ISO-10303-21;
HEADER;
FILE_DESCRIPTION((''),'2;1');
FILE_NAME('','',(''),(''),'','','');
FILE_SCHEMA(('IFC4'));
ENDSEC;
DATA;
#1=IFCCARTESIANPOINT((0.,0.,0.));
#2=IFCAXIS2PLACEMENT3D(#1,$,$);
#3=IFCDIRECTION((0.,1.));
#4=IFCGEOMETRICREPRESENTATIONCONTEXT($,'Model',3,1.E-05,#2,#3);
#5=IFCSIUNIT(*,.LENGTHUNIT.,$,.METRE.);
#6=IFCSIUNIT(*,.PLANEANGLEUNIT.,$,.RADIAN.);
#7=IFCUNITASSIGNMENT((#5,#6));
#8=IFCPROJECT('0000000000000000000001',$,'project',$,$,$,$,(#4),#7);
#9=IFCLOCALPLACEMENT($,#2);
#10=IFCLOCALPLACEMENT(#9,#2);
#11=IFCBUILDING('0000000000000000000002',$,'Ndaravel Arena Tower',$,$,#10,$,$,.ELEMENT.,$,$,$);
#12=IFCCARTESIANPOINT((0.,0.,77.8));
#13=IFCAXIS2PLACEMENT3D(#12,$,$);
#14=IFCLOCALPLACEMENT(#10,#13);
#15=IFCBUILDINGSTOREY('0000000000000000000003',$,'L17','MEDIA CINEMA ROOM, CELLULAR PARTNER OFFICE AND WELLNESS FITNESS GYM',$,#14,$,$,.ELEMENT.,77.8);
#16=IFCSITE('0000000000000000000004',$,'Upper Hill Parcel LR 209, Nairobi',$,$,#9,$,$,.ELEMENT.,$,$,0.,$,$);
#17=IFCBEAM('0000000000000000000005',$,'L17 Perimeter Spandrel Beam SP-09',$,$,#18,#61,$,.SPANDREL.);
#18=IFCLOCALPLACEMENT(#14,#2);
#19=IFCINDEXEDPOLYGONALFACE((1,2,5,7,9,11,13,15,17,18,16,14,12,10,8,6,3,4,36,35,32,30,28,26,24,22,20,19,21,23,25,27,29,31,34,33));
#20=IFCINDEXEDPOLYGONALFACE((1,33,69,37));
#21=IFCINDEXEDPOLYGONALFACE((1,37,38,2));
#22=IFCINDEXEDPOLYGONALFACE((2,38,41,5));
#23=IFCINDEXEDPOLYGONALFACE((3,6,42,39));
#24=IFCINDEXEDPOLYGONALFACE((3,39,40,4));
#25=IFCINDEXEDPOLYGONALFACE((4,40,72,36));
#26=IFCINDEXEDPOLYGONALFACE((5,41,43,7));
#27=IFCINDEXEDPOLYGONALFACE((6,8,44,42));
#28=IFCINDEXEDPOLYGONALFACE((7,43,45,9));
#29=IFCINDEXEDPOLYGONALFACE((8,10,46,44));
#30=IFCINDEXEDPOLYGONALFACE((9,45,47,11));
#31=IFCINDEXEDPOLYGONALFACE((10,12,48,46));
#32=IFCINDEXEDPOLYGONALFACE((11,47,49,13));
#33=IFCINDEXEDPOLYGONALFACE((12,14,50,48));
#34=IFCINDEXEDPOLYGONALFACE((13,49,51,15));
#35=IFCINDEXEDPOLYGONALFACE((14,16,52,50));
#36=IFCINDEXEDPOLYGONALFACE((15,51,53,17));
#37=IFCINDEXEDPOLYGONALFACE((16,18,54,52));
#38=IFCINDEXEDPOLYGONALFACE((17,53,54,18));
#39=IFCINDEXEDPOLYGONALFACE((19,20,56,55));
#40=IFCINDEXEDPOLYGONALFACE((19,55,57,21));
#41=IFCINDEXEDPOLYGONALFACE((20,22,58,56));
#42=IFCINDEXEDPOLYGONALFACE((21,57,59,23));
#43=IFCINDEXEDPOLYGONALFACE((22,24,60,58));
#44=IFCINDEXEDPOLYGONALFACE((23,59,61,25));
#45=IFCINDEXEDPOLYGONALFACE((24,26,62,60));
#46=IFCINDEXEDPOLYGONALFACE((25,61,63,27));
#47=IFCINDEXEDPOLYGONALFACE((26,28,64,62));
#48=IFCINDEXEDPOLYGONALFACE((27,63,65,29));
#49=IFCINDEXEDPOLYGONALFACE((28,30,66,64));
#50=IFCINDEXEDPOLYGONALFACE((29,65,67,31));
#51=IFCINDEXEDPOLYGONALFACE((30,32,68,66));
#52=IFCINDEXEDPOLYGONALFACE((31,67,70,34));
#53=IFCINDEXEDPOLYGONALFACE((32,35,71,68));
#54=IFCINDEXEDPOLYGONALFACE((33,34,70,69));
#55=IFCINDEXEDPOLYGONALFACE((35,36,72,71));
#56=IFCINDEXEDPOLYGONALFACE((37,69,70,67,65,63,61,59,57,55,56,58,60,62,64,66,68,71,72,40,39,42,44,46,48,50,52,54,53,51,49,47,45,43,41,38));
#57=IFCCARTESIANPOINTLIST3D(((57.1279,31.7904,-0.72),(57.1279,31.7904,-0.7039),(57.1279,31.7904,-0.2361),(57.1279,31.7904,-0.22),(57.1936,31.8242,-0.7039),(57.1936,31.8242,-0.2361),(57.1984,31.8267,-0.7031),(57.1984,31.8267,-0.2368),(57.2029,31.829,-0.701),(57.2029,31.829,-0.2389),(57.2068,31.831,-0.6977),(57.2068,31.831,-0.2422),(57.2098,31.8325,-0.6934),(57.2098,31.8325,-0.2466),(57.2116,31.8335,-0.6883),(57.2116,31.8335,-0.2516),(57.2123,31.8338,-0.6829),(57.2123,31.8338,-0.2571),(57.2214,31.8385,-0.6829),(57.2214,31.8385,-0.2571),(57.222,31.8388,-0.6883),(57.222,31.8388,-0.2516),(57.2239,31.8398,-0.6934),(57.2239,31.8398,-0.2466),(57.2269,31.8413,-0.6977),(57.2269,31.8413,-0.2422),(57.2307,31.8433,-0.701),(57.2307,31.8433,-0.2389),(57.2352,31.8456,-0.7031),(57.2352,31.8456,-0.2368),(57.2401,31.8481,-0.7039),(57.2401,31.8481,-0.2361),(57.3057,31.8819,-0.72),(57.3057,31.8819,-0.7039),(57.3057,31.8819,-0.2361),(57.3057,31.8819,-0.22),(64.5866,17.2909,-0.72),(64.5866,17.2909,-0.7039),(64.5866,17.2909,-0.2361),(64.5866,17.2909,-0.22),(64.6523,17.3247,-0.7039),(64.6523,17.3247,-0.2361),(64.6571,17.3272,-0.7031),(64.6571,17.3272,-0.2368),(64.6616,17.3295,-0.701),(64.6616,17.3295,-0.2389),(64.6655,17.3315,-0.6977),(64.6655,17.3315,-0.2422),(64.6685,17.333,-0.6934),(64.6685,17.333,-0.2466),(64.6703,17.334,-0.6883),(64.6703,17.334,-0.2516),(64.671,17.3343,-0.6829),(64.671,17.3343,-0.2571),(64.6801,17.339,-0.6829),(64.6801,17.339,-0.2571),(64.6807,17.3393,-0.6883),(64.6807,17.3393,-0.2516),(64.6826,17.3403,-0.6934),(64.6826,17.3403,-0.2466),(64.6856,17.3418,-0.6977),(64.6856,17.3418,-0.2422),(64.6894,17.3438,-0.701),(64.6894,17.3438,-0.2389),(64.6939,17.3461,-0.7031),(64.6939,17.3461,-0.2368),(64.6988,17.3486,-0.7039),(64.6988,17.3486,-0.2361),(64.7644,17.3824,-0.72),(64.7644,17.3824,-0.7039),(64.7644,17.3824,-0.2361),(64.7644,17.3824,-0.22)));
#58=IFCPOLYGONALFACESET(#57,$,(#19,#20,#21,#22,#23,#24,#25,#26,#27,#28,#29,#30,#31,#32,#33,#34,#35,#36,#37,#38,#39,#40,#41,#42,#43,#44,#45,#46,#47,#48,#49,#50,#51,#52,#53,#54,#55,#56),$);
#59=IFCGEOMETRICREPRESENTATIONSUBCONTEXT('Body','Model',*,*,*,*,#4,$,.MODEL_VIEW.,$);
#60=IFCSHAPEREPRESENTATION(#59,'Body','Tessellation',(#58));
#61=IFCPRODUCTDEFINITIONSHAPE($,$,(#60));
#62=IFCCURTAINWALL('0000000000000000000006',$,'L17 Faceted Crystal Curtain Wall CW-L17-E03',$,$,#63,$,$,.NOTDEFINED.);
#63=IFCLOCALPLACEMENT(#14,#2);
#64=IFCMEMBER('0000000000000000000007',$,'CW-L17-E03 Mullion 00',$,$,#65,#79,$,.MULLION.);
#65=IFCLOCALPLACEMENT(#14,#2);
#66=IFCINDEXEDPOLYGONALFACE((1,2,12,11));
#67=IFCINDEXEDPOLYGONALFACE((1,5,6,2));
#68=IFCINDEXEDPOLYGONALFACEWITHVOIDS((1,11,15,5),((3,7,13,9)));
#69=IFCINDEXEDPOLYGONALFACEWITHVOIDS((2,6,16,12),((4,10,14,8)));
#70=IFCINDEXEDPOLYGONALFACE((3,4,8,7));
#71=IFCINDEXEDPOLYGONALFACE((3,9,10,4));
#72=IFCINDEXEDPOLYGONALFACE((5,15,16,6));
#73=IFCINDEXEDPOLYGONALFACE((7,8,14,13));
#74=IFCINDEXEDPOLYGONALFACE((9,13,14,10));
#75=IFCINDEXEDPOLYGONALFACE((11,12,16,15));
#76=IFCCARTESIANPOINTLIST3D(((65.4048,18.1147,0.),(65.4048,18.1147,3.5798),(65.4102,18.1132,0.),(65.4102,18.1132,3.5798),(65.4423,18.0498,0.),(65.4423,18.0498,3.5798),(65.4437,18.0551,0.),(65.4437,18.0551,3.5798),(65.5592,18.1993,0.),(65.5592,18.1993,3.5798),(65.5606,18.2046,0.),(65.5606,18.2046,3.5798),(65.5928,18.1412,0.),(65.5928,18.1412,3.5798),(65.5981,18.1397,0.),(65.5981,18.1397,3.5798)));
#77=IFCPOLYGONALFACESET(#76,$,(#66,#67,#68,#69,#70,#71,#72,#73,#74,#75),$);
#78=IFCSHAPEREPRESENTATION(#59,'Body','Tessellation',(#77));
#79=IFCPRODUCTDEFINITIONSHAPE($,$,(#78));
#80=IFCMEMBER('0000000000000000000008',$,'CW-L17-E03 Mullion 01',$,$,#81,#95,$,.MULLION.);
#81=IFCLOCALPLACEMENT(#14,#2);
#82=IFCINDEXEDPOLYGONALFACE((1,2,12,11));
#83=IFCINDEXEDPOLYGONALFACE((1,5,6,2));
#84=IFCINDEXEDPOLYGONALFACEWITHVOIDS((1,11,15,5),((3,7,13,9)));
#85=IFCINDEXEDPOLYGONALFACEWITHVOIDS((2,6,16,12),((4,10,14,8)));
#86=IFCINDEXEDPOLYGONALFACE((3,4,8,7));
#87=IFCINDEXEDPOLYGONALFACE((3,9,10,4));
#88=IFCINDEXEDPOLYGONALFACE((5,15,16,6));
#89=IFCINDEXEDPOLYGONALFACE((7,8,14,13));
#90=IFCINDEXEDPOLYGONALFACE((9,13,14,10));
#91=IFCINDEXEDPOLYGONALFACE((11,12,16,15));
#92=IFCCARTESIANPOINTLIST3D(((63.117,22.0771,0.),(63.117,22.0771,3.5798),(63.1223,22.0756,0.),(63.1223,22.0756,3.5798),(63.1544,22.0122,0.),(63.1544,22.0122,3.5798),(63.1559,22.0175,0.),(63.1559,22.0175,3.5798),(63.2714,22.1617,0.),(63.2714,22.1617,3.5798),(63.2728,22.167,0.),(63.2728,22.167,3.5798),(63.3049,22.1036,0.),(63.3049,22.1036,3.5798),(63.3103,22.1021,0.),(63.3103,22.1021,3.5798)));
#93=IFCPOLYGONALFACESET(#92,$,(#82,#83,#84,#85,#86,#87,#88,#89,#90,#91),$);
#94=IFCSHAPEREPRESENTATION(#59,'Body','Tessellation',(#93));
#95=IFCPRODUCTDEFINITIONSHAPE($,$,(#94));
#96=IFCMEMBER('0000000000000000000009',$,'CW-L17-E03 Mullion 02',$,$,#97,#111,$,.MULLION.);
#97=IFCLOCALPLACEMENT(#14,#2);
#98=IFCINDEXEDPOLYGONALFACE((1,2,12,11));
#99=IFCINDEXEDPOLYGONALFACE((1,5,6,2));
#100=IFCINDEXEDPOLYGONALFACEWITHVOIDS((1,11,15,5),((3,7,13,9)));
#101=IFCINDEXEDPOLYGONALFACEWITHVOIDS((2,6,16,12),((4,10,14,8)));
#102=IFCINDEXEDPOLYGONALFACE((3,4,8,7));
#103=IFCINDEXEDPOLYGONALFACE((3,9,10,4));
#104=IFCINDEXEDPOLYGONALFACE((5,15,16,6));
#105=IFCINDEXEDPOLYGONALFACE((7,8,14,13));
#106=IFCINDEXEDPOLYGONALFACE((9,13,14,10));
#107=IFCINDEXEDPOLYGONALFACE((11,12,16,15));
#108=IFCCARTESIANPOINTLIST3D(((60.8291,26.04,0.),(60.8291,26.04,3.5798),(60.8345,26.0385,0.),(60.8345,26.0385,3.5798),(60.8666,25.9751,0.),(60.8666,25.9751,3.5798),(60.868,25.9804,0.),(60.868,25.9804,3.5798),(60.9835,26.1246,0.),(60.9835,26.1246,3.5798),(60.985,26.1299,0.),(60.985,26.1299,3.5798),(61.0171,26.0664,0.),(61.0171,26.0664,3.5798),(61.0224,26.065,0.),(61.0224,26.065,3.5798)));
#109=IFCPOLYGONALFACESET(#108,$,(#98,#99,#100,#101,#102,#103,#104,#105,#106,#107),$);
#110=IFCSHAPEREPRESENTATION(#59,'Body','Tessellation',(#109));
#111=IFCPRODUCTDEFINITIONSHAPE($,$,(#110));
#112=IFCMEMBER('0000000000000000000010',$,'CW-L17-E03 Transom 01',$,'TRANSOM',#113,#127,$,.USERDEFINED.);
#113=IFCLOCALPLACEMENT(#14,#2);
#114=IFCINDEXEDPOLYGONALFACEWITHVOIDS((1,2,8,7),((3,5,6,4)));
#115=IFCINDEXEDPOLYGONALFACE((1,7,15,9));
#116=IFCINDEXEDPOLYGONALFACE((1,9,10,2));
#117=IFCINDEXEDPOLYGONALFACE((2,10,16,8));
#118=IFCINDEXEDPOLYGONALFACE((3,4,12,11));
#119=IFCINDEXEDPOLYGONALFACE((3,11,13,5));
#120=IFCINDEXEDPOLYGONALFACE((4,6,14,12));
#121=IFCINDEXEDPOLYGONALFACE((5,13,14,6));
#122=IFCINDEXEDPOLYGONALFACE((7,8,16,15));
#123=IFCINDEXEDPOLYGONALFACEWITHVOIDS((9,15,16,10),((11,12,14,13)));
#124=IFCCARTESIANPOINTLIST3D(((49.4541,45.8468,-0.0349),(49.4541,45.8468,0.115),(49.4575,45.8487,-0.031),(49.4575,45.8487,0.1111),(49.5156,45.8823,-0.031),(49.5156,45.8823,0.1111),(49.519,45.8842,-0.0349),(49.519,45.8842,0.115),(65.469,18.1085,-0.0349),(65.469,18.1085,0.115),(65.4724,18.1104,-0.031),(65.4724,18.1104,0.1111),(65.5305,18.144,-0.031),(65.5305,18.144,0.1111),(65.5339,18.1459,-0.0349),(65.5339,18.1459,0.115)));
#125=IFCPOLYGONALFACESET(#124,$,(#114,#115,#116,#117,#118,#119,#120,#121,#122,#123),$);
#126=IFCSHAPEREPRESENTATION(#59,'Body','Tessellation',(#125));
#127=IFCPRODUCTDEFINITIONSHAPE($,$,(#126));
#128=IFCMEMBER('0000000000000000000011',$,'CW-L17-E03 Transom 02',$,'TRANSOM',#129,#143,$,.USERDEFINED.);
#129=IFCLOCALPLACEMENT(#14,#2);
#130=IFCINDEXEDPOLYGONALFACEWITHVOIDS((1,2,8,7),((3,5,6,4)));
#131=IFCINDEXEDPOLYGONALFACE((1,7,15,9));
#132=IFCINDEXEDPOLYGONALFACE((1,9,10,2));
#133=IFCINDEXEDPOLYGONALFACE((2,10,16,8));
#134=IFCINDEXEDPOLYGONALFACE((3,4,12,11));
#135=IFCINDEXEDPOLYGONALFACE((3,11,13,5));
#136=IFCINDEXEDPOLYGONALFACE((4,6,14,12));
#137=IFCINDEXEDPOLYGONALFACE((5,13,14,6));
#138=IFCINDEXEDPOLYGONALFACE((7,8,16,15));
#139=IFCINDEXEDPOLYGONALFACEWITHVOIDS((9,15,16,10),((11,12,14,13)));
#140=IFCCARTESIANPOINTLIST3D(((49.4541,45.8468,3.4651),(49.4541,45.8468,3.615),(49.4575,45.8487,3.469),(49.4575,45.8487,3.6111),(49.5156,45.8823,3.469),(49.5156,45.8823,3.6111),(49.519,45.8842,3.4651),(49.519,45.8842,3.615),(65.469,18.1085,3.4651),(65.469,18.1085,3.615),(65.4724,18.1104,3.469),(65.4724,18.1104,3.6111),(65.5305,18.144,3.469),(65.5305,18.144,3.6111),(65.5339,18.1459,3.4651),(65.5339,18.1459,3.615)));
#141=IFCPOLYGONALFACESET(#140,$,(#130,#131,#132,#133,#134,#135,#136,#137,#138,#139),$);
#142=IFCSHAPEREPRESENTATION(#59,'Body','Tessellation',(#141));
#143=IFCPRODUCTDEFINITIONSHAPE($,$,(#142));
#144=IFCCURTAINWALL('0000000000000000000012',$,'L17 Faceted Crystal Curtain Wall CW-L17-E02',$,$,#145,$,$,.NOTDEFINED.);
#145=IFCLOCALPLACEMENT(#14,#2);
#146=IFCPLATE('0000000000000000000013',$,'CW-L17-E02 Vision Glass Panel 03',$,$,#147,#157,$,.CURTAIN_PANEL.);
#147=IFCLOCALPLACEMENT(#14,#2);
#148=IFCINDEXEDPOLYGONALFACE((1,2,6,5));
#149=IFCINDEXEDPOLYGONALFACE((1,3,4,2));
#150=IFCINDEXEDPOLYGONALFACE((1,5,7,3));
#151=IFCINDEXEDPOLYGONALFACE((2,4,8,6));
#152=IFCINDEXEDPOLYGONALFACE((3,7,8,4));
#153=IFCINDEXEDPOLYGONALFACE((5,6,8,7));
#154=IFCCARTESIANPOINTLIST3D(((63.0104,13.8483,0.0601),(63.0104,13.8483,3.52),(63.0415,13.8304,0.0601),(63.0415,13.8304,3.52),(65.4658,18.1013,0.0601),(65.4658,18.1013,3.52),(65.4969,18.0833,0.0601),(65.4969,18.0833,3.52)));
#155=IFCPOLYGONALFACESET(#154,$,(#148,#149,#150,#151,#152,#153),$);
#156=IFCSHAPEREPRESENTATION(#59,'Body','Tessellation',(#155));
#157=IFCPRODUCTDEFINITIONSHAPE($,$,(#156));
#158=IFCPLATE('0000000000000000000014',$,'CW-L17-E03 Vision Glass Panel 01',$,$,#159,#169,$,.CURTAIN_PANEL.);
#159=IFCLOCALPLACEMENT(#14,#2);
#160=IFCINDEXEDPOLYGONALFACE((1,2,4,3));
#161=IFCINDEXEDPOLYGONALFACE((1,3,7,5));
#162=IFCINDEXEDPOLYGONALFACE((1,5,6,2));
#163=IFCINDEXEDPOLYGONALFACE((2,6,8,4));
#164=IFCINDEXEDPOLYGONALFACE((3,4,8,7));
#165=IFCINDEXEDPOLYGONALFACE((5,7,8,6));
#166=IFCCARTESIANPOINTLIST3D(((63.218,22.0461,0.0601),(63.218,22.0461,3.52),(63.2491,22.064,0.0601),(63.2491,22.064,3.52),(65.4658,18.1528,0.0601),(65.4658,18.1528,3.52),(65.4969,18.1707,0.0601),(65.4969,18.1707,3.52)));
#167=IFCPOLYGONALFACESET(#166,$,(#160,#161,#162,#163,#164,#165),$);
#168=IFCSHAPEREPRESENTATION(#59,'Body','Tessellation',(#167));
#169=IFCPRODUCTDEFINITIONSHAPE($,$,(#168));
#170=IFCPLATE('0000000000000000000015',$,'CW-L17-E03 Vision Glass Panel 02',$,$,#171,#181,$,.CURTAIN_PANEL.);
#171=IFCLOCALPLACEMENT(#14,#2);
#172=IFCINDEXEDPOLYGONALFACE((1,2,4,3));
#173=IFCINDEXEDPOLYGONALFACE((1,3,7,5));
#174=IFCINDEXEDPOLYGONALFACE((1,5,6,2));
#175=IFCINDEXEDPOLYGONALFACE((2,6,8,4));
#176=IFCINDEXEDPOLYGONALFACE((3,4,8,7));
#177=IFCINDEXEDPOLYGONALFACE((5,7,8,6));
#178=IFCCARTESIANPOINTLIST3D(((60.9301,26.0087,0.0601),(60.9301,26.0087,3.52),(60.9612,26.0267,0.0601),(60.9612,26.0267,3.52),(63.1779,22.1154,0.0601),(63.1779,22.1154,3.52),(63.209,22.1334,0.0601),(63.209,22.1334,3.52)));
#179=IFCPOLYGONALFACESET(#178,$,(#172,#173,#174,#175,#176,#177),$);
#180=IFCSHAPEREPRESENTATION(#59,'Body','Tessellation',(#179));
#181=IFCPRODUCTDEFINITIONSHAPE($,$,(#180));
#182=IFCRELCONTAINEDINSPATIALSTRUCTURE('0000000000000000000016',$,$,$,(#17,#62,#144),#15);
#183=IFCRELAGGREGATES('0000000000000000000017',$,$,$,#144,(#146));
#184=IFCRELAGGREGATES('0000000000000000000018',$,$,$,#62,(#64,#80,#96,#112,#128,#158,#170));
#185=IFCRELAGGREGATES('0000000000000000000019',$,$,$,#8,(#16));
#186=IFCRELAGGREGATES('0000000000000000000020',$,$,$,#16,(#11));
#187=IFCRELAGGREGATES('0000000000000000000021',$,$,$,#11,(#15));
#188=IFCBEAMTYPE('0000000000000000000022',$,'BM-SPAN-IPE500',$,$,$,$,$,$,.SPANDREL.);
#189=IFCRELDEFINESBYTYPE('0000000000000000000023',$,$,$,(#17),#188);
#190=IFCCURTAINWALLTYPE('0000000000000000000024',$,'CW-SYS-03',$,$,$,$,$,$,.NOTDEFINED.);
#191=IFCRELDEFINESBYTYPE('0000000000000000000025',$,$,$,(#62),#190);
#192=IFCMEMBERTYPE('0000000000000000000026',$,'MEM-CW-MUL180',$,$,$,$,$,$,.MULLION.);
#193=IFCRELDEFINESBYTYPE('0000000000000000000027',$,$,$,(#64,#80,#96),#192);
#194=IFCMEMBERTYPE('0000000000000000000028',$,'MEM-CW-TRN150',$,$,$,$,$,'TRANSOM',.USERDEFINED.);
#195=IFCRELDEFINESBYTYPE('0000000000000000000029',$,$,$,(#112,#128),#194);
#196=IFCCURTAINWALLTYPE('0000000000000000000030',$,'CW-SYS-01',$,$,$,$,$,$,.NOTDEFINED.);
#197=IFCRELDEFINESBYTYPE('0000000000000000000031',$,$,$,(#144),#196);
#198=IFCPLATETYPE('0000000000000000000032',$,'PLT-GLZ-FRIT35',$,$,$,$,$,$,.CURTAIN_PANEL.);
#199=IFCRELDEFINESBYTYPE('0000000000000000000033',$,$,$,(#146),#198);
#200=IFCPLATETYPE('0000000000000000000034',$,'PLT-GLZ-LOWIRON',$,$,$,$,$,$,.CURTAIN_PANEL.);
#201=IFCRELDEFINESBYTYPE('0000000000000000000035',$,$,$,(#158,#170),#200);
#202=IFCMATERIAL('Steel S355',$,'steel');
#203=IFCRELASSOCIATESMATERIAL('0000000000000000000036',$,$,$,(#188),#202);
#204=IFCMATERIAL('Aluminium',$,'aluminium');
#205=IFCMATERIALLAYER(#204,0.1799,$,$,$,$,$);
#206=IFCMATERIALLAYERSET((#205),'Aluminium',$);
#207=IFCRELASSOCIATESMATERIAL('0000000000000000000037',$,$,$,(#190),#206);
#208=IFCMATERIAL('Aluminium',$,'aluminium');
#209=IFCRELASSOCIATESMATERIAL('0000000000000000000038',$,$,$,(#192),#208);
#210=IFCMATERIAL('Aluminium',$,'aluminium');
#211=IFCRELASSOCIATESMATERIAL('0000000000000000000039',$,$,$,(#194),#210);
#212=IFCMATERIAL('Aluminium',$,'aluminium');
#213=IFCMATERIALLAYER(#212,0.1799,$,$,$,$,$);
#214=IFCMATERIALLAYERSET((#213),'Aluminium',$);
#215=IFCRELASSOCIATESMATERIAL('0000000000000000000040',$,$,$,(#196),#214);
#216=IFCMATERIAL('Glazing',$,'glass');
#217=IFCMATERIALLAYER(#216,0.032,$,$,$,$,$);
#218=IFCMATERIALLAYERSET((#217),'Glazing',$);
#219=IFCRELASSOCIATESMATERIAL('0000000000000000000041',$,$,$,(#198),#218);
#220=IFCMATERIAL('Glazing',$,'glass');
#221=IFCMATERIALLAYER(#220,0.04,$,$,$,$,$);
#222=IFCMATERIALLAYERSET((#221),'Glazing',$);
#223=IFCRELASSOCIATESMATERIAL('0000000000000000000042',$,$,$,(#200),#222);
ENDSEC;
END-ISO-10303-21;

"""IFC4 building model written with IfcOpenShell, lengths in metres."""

from ifc_helpers import new_model, si_unit, direction, frame, origin, origin_2d, place, context, subcontext, project, spatial, rectangle, hollow_rectangle, i_section, extrude, material, layer, layer_set, material_profile, profile_set, type_object, element, aggregate, save


model = new_model("IFC4")

# Units and contexts
model_context = context("Model", 3, precision=1e-05, world=origin(), true_north=direction((0.0, 1.0)))
body_context = subcontext(model_context, "Body", "Model", "MODEL_VIEW")
ifc_project = project(units=[si_unit("LENGTHUNIT", "METRE"), si_unit("PLANEANGLEUNIT", "RADIAN")], contexts=[model_context])

# Site, building, storey
site_placement = place(None, origin())
site = spatial("IfcSite", under=ifc_project, at=site_placement, Name="Upper Hill Parcel LR 209, Nairobi", CompositionType="ELEMENT", RefElevation=0.0)
building_placement = place(site_placement, origin())
building = spatial("IfcBuilding", under=site, at=building_placement, Name="Ndaravel Arena Tower", CompositionType="ELEMENT")
storey_placement = place(building_placement, frame((0.0, 0.0, 77.8)))
storey = spatial("IfcBuildingStorey", under=building, at=storey_placement, Name="L17", Description="MEDIA CINEMA ROOM, CELLULAR PARTNER OFFICE AND WELLNESS FITNESS GYM", CompositionType="ELEMENT", Elevation=77.8)

# Beam
ifc_material_1 = material(Name="Steel S355", Category="steel")
ifc_material_profile_1 = material_profile(ifc_material_1, i_section(OverallWidth=0.2, OverallDepth=0.5, WebThickness=0.0103, FlangeThickness=0.0161, FilletRadius=0.021, at=origin_2d()), Name="IPE 500")
ifc_profile_set_1 = profile_set([ifc_material_profile_1], Name="Steel S355")
beam_type_1 = type_object("IfcBeamType", Name="BM-SPAN-IPE500", PredefinedType="SPANDREL", material=ifc_profile_set_1)
beam_1_placement = place(storey_placement, frame((64.6755, 17.3367, -0.47), z_axis=(-0.457438, 0.889242, 0.0), x_axis=(-0.889242, -0.457438, 0.0)))
element("IfcBeam", 1, at=beam_1_placement, inside=storey, type_object=beam_type_1, Name="L17 Perimeter Spandrel Beam SP-09", PredefinedType="SPANDREL", context=body_context, shape_type="SweptSolid", body=[
    extrude(i_section(OverallWidth=0.2, OverallDepth=0.5, WebThickness=0.0103, FlangeThickness=0.0161, FilletRadius=0.021, at=origin_2d()), origin(), (0.0, 0.0, 1.0), 16.3054),
])

# Curtain wall, members
ifc_material_2 = material(Name="Aluminium", Category="aluminium")
ifc_layer_1 = layer(ifc_material_2, 0.1799)
ifc_layer_set_1 = layer_set([ifc_layer_1], Name="Aluminium")
curtain_wall_type_1 = type_object("IfcCurtainWallType", Name="CW-SYS-03", PredefinedType="NOTDEFINED", material=ifc_layer_set_1)
curtain_wall_1_placement = place(storey_placement, origin())
curtain_wall_1 = element("IfcCurtainWall", 2, at=curtain_wall_1_placement, inside=storey, type_object=curtain_wall_type_1, Name="L17 Faceted Crystal Curtain Wall CW-L17-E03", PredefinedType="NOTDEFINED")
ifc_material_3 = material(Name="Aluminium", Category="aluminium")
ifc_material_profile_2 = material_profile(ifc_material_3, hollow_rectangle(XDim=0.075, YDim=0.1799, WallThickness=0.0039, at=origin_2d()), Name="CW MULLION 75x180x4")
ifc_profile_set_2 = profile_set([ifc_material_profile_2], Name="Aluminium")
member_type_1 = type_object("IfcMemberType", Name="MEM-CW-MUL180", PredefinedType="MULLION", material=ifc_profile_set_2)
member_1_placement = place(storey_placement, frame((65.5015, 18.1272, 0.0), z_axis=(0.0, 0.0, 1.0), x_axis=(-0.5, 0.866025, 0.0)))
member_1 = element("IfcMember", 3, at=member_1_placement, type_object=member_type_1, Name="CW-L17-E03 Mullion 00", PredefinedType="MULLION", context=body_context, shape_type="SweptSolid", body=[
    extrude(hollow_rectangle(XDim=0.075, YDim=0.1799, WallThickness=0.0039, at=origin_2d()), origin(), (0.0, 0.0, 1.0), 3.5798),
])
member_2_placement = place(storey_placement, frame((63.2136, 22.0896, 0.0), z_axis=(0.0, 0.0, 1.0), x_axis=(-0.5, 0.866025, 0.0)))
member_2 = element("IfcMember", 4, at=member_2_placement, type_object=member_type_1, Name="CW-L17-E03 Mullion 01", PredefinedType="MULLION", context=body_context, shape_type="SweptSolid", body=[
    extrude(hollow_rectangle(XDim=0.075, YDim=0.1799, WallThickness=0.0039, at=origin_2d()), origin(), (0.0, 0.0, 1.0), 3.5798),
])
member_3_placement = place(storey_placement, frame((60.9258, 26.0525, 0.0), z_axis=(0.0, 0.0, 1.0), x_axis=(-0.5, 0.866025, 0.0)))
member_3 = element("IfcMember", 5, at=member_3_placement, type_object=member_type_1, Name="CW-L17-E03 Mullion 02", PredefinedType="MULLION", context=body_context, shape_type="SweptSolid", body=[
    extrude(hollow_rectangle(XDim=0.075, YDim=0.1799, WallThickness=0.0039, at=origin_2d()), origin(), (0.0, 0.0, 1.0), 3.5798),
])
ifc_material_4 = material(Name="Aluminium", Category="aluminium")
ifc_material_profile_3 = material_profile(ifc_material_4, hollow_rectangle(XDim=0.075, YDim=0.1499, WallThickness=0.0039, at=origin_2d()), Name="CW TRANSOM 75x150x4")
ifc_profile_set_3 = profile_set([ifc_material_profile_3], Name="Aluminium")
member_type_2 = type_object("IfcMemberType", Name="MEM-CW-TRN150", ElementType="TRANSOM", PredefinedType="USERDEFINED", material=ifc_profile_set_3)
member_4_placement = place(storey_placement, frame((65.5015, 18.1272, 0.04), z_axis=(-0.500004, 0.866023, 0.0), x_axis=(-0.866023, -0.500004, 0.0)))
member_4 = element("IfcMember", 6, at=member_4_placement, type_object=member_type_2, Name="CW-L17-E03 Transom 01", ObjectType="TRANSOM", PredefinedType="USERDEFINED", context=body_context, shape_type="SweptSolid", body=[
    extrude(hollow_rectangle(XDim=0.075, YDim=0.1499, WallThickness=0.0039, at=origin_2d()), origin(), (0.0, 0.0, 1.0), 32.0295),
])
member_5_placement = place(storey_placement, frame((65.5015, 18.1272, 3.54), z_axis=(-0.500004, 0.866023, 0.0), x_axis=(-0.866023, -0.500004, 0.0)))
member_5 = element("IfcMember", 7, at=member_5_placement, type_object=member_type_2, Name="CW-L17-E03 Transom 02", ObjectType="TRANSOM", PredefinedType="USERDEFINED", context=body_context, shape_type="SweptSolid", body=[
    extrude(hollow_rectangle(XDim=0.075, YDim=0.1499, WallThickness=0.0039, at=origin_2d()), origin(), (0.0, 0.0, 1.0), 32.0295),
])

# Curtain wall, plate
ifc_material_5 = material(Name="Aluminium", Category="aluminium")
ifc_layer_2 = layer(ifc_material_5, 0.1799)
ifc_layer_set_2 = layer_set([ifc_layer_2], Name="Aluminium")
curtain_wall_type_2 = type_object("IfcCurtainWallType", Name="CW-SYS-01", PredefinedType="NOTDEFINED", material=ifc_layer_set_2)
curtain_wall_2_placement = place(storey_placement, origin())
curtain_wall_2 = element("IfcCurtainWall", 8, at=curtain_wall_2_placement, inside=storey, type_object=curtain_wall_type_2, Name="L17 Faceted Crystal Curtain Wall CW-L17-E02", PredefinedType="NOTDEFINED")
ifc_material_6 = material(Name="Glazing", Category="glass")
ifc_layer_3 = layer(ifc_material_6, 0.032)
ifc_layer_set_3 = layer_set([ifc_layer_3], Name="Glazing")
plate_type_1 = type_object("IfcPlateType", Name="PLT-GLZ-FRIT35", PredefinedType="CURTAIN_PANEL", material=ifc_layer_set_3)
plate_1_placement = place(storey_placement, frame((64.2537, 15.9658, 0.0601), z_axis=(0.0, 0.0, 1.0), x_axis=(0.5, 0.866025, 0.0)))
plate_1 = element("IfcPlate", 9, at=plate_1_placement, type_object=plate_type_1, Name="CW-L17-E02 Vision Glass Panel 03", PredefinedType="CURTAIN_PANEL", context=body_context, shape_type="SweptSolid", body=[
    extrude(rectangle(XDim=4.9109, YDim=0.0359, at=origin_2d()), origin(), (0.0, 0.0, 1.0), 3.46),
])
aggregate(curtain_wall_2, [plate_1])

# Plates
ifc_material_7 = material(Name="Glazing", Category="glass")
ifc_layer_4 = layer(ifc_material_7, 0.04)
ifc_layer_set_4 = layer_set([ifc_layer_4], Name="Glazing")
plate_type_2 = type_object("IfcPlateType", Name="PLT-GLZ-LOWIRON", PredefinedType="CURTAIN_PANEL", material=ifc_layer_set_4)
plate_2_placement = place(storey_placement, frame((64.3574, 20.1084, 0.0601), z_axis=(0.0, 0.0, 1.0), x_axis=(-0.5, 0.866025, 0.0)))
plate_2 = element("IfcPlate", 10, at=plate_2_placement, type_object=plate_type_2, Name="CW-L17-E03 Vision Glass Panel 01", PredefinedType="CURTAIN_PANEL", context=body_context, shape_type="SweptSolid", body=[
    extrude(rectangle(XDim=4.4956, YDim=0.0359, at=origin_2d()), origin(), (0.0, 0.0, 1.0), 3.46),
])
plate_3_placement = place(storey_placement, frame((62.0696, 24.071, 0.0601), z_axis=(0.0, 0.0, 1.0), x_axis=(-0.5, 0.866025, 0.0)))
plate_3 = element("IfcPlate", 11, at=plate_3_placement, type_object=plate_type_2, Name="CW-L17-E03 Vision Glass Panel 02", PredefinedType="CURTAIN_PANEL", context=body_context, shape_type="SweptSolid", body=[
    extrude(rectangle(XDim=4.4956, YDim=0.0359, at=origin_2d()), origin(), (0.0, 0.0, 1.0), 3.46),
])
aggregate(curtain_wall_1, [member_1, member_2, member_3, member_4, member_5, plate_2, plate_3])

save(model, "model.ifc")
